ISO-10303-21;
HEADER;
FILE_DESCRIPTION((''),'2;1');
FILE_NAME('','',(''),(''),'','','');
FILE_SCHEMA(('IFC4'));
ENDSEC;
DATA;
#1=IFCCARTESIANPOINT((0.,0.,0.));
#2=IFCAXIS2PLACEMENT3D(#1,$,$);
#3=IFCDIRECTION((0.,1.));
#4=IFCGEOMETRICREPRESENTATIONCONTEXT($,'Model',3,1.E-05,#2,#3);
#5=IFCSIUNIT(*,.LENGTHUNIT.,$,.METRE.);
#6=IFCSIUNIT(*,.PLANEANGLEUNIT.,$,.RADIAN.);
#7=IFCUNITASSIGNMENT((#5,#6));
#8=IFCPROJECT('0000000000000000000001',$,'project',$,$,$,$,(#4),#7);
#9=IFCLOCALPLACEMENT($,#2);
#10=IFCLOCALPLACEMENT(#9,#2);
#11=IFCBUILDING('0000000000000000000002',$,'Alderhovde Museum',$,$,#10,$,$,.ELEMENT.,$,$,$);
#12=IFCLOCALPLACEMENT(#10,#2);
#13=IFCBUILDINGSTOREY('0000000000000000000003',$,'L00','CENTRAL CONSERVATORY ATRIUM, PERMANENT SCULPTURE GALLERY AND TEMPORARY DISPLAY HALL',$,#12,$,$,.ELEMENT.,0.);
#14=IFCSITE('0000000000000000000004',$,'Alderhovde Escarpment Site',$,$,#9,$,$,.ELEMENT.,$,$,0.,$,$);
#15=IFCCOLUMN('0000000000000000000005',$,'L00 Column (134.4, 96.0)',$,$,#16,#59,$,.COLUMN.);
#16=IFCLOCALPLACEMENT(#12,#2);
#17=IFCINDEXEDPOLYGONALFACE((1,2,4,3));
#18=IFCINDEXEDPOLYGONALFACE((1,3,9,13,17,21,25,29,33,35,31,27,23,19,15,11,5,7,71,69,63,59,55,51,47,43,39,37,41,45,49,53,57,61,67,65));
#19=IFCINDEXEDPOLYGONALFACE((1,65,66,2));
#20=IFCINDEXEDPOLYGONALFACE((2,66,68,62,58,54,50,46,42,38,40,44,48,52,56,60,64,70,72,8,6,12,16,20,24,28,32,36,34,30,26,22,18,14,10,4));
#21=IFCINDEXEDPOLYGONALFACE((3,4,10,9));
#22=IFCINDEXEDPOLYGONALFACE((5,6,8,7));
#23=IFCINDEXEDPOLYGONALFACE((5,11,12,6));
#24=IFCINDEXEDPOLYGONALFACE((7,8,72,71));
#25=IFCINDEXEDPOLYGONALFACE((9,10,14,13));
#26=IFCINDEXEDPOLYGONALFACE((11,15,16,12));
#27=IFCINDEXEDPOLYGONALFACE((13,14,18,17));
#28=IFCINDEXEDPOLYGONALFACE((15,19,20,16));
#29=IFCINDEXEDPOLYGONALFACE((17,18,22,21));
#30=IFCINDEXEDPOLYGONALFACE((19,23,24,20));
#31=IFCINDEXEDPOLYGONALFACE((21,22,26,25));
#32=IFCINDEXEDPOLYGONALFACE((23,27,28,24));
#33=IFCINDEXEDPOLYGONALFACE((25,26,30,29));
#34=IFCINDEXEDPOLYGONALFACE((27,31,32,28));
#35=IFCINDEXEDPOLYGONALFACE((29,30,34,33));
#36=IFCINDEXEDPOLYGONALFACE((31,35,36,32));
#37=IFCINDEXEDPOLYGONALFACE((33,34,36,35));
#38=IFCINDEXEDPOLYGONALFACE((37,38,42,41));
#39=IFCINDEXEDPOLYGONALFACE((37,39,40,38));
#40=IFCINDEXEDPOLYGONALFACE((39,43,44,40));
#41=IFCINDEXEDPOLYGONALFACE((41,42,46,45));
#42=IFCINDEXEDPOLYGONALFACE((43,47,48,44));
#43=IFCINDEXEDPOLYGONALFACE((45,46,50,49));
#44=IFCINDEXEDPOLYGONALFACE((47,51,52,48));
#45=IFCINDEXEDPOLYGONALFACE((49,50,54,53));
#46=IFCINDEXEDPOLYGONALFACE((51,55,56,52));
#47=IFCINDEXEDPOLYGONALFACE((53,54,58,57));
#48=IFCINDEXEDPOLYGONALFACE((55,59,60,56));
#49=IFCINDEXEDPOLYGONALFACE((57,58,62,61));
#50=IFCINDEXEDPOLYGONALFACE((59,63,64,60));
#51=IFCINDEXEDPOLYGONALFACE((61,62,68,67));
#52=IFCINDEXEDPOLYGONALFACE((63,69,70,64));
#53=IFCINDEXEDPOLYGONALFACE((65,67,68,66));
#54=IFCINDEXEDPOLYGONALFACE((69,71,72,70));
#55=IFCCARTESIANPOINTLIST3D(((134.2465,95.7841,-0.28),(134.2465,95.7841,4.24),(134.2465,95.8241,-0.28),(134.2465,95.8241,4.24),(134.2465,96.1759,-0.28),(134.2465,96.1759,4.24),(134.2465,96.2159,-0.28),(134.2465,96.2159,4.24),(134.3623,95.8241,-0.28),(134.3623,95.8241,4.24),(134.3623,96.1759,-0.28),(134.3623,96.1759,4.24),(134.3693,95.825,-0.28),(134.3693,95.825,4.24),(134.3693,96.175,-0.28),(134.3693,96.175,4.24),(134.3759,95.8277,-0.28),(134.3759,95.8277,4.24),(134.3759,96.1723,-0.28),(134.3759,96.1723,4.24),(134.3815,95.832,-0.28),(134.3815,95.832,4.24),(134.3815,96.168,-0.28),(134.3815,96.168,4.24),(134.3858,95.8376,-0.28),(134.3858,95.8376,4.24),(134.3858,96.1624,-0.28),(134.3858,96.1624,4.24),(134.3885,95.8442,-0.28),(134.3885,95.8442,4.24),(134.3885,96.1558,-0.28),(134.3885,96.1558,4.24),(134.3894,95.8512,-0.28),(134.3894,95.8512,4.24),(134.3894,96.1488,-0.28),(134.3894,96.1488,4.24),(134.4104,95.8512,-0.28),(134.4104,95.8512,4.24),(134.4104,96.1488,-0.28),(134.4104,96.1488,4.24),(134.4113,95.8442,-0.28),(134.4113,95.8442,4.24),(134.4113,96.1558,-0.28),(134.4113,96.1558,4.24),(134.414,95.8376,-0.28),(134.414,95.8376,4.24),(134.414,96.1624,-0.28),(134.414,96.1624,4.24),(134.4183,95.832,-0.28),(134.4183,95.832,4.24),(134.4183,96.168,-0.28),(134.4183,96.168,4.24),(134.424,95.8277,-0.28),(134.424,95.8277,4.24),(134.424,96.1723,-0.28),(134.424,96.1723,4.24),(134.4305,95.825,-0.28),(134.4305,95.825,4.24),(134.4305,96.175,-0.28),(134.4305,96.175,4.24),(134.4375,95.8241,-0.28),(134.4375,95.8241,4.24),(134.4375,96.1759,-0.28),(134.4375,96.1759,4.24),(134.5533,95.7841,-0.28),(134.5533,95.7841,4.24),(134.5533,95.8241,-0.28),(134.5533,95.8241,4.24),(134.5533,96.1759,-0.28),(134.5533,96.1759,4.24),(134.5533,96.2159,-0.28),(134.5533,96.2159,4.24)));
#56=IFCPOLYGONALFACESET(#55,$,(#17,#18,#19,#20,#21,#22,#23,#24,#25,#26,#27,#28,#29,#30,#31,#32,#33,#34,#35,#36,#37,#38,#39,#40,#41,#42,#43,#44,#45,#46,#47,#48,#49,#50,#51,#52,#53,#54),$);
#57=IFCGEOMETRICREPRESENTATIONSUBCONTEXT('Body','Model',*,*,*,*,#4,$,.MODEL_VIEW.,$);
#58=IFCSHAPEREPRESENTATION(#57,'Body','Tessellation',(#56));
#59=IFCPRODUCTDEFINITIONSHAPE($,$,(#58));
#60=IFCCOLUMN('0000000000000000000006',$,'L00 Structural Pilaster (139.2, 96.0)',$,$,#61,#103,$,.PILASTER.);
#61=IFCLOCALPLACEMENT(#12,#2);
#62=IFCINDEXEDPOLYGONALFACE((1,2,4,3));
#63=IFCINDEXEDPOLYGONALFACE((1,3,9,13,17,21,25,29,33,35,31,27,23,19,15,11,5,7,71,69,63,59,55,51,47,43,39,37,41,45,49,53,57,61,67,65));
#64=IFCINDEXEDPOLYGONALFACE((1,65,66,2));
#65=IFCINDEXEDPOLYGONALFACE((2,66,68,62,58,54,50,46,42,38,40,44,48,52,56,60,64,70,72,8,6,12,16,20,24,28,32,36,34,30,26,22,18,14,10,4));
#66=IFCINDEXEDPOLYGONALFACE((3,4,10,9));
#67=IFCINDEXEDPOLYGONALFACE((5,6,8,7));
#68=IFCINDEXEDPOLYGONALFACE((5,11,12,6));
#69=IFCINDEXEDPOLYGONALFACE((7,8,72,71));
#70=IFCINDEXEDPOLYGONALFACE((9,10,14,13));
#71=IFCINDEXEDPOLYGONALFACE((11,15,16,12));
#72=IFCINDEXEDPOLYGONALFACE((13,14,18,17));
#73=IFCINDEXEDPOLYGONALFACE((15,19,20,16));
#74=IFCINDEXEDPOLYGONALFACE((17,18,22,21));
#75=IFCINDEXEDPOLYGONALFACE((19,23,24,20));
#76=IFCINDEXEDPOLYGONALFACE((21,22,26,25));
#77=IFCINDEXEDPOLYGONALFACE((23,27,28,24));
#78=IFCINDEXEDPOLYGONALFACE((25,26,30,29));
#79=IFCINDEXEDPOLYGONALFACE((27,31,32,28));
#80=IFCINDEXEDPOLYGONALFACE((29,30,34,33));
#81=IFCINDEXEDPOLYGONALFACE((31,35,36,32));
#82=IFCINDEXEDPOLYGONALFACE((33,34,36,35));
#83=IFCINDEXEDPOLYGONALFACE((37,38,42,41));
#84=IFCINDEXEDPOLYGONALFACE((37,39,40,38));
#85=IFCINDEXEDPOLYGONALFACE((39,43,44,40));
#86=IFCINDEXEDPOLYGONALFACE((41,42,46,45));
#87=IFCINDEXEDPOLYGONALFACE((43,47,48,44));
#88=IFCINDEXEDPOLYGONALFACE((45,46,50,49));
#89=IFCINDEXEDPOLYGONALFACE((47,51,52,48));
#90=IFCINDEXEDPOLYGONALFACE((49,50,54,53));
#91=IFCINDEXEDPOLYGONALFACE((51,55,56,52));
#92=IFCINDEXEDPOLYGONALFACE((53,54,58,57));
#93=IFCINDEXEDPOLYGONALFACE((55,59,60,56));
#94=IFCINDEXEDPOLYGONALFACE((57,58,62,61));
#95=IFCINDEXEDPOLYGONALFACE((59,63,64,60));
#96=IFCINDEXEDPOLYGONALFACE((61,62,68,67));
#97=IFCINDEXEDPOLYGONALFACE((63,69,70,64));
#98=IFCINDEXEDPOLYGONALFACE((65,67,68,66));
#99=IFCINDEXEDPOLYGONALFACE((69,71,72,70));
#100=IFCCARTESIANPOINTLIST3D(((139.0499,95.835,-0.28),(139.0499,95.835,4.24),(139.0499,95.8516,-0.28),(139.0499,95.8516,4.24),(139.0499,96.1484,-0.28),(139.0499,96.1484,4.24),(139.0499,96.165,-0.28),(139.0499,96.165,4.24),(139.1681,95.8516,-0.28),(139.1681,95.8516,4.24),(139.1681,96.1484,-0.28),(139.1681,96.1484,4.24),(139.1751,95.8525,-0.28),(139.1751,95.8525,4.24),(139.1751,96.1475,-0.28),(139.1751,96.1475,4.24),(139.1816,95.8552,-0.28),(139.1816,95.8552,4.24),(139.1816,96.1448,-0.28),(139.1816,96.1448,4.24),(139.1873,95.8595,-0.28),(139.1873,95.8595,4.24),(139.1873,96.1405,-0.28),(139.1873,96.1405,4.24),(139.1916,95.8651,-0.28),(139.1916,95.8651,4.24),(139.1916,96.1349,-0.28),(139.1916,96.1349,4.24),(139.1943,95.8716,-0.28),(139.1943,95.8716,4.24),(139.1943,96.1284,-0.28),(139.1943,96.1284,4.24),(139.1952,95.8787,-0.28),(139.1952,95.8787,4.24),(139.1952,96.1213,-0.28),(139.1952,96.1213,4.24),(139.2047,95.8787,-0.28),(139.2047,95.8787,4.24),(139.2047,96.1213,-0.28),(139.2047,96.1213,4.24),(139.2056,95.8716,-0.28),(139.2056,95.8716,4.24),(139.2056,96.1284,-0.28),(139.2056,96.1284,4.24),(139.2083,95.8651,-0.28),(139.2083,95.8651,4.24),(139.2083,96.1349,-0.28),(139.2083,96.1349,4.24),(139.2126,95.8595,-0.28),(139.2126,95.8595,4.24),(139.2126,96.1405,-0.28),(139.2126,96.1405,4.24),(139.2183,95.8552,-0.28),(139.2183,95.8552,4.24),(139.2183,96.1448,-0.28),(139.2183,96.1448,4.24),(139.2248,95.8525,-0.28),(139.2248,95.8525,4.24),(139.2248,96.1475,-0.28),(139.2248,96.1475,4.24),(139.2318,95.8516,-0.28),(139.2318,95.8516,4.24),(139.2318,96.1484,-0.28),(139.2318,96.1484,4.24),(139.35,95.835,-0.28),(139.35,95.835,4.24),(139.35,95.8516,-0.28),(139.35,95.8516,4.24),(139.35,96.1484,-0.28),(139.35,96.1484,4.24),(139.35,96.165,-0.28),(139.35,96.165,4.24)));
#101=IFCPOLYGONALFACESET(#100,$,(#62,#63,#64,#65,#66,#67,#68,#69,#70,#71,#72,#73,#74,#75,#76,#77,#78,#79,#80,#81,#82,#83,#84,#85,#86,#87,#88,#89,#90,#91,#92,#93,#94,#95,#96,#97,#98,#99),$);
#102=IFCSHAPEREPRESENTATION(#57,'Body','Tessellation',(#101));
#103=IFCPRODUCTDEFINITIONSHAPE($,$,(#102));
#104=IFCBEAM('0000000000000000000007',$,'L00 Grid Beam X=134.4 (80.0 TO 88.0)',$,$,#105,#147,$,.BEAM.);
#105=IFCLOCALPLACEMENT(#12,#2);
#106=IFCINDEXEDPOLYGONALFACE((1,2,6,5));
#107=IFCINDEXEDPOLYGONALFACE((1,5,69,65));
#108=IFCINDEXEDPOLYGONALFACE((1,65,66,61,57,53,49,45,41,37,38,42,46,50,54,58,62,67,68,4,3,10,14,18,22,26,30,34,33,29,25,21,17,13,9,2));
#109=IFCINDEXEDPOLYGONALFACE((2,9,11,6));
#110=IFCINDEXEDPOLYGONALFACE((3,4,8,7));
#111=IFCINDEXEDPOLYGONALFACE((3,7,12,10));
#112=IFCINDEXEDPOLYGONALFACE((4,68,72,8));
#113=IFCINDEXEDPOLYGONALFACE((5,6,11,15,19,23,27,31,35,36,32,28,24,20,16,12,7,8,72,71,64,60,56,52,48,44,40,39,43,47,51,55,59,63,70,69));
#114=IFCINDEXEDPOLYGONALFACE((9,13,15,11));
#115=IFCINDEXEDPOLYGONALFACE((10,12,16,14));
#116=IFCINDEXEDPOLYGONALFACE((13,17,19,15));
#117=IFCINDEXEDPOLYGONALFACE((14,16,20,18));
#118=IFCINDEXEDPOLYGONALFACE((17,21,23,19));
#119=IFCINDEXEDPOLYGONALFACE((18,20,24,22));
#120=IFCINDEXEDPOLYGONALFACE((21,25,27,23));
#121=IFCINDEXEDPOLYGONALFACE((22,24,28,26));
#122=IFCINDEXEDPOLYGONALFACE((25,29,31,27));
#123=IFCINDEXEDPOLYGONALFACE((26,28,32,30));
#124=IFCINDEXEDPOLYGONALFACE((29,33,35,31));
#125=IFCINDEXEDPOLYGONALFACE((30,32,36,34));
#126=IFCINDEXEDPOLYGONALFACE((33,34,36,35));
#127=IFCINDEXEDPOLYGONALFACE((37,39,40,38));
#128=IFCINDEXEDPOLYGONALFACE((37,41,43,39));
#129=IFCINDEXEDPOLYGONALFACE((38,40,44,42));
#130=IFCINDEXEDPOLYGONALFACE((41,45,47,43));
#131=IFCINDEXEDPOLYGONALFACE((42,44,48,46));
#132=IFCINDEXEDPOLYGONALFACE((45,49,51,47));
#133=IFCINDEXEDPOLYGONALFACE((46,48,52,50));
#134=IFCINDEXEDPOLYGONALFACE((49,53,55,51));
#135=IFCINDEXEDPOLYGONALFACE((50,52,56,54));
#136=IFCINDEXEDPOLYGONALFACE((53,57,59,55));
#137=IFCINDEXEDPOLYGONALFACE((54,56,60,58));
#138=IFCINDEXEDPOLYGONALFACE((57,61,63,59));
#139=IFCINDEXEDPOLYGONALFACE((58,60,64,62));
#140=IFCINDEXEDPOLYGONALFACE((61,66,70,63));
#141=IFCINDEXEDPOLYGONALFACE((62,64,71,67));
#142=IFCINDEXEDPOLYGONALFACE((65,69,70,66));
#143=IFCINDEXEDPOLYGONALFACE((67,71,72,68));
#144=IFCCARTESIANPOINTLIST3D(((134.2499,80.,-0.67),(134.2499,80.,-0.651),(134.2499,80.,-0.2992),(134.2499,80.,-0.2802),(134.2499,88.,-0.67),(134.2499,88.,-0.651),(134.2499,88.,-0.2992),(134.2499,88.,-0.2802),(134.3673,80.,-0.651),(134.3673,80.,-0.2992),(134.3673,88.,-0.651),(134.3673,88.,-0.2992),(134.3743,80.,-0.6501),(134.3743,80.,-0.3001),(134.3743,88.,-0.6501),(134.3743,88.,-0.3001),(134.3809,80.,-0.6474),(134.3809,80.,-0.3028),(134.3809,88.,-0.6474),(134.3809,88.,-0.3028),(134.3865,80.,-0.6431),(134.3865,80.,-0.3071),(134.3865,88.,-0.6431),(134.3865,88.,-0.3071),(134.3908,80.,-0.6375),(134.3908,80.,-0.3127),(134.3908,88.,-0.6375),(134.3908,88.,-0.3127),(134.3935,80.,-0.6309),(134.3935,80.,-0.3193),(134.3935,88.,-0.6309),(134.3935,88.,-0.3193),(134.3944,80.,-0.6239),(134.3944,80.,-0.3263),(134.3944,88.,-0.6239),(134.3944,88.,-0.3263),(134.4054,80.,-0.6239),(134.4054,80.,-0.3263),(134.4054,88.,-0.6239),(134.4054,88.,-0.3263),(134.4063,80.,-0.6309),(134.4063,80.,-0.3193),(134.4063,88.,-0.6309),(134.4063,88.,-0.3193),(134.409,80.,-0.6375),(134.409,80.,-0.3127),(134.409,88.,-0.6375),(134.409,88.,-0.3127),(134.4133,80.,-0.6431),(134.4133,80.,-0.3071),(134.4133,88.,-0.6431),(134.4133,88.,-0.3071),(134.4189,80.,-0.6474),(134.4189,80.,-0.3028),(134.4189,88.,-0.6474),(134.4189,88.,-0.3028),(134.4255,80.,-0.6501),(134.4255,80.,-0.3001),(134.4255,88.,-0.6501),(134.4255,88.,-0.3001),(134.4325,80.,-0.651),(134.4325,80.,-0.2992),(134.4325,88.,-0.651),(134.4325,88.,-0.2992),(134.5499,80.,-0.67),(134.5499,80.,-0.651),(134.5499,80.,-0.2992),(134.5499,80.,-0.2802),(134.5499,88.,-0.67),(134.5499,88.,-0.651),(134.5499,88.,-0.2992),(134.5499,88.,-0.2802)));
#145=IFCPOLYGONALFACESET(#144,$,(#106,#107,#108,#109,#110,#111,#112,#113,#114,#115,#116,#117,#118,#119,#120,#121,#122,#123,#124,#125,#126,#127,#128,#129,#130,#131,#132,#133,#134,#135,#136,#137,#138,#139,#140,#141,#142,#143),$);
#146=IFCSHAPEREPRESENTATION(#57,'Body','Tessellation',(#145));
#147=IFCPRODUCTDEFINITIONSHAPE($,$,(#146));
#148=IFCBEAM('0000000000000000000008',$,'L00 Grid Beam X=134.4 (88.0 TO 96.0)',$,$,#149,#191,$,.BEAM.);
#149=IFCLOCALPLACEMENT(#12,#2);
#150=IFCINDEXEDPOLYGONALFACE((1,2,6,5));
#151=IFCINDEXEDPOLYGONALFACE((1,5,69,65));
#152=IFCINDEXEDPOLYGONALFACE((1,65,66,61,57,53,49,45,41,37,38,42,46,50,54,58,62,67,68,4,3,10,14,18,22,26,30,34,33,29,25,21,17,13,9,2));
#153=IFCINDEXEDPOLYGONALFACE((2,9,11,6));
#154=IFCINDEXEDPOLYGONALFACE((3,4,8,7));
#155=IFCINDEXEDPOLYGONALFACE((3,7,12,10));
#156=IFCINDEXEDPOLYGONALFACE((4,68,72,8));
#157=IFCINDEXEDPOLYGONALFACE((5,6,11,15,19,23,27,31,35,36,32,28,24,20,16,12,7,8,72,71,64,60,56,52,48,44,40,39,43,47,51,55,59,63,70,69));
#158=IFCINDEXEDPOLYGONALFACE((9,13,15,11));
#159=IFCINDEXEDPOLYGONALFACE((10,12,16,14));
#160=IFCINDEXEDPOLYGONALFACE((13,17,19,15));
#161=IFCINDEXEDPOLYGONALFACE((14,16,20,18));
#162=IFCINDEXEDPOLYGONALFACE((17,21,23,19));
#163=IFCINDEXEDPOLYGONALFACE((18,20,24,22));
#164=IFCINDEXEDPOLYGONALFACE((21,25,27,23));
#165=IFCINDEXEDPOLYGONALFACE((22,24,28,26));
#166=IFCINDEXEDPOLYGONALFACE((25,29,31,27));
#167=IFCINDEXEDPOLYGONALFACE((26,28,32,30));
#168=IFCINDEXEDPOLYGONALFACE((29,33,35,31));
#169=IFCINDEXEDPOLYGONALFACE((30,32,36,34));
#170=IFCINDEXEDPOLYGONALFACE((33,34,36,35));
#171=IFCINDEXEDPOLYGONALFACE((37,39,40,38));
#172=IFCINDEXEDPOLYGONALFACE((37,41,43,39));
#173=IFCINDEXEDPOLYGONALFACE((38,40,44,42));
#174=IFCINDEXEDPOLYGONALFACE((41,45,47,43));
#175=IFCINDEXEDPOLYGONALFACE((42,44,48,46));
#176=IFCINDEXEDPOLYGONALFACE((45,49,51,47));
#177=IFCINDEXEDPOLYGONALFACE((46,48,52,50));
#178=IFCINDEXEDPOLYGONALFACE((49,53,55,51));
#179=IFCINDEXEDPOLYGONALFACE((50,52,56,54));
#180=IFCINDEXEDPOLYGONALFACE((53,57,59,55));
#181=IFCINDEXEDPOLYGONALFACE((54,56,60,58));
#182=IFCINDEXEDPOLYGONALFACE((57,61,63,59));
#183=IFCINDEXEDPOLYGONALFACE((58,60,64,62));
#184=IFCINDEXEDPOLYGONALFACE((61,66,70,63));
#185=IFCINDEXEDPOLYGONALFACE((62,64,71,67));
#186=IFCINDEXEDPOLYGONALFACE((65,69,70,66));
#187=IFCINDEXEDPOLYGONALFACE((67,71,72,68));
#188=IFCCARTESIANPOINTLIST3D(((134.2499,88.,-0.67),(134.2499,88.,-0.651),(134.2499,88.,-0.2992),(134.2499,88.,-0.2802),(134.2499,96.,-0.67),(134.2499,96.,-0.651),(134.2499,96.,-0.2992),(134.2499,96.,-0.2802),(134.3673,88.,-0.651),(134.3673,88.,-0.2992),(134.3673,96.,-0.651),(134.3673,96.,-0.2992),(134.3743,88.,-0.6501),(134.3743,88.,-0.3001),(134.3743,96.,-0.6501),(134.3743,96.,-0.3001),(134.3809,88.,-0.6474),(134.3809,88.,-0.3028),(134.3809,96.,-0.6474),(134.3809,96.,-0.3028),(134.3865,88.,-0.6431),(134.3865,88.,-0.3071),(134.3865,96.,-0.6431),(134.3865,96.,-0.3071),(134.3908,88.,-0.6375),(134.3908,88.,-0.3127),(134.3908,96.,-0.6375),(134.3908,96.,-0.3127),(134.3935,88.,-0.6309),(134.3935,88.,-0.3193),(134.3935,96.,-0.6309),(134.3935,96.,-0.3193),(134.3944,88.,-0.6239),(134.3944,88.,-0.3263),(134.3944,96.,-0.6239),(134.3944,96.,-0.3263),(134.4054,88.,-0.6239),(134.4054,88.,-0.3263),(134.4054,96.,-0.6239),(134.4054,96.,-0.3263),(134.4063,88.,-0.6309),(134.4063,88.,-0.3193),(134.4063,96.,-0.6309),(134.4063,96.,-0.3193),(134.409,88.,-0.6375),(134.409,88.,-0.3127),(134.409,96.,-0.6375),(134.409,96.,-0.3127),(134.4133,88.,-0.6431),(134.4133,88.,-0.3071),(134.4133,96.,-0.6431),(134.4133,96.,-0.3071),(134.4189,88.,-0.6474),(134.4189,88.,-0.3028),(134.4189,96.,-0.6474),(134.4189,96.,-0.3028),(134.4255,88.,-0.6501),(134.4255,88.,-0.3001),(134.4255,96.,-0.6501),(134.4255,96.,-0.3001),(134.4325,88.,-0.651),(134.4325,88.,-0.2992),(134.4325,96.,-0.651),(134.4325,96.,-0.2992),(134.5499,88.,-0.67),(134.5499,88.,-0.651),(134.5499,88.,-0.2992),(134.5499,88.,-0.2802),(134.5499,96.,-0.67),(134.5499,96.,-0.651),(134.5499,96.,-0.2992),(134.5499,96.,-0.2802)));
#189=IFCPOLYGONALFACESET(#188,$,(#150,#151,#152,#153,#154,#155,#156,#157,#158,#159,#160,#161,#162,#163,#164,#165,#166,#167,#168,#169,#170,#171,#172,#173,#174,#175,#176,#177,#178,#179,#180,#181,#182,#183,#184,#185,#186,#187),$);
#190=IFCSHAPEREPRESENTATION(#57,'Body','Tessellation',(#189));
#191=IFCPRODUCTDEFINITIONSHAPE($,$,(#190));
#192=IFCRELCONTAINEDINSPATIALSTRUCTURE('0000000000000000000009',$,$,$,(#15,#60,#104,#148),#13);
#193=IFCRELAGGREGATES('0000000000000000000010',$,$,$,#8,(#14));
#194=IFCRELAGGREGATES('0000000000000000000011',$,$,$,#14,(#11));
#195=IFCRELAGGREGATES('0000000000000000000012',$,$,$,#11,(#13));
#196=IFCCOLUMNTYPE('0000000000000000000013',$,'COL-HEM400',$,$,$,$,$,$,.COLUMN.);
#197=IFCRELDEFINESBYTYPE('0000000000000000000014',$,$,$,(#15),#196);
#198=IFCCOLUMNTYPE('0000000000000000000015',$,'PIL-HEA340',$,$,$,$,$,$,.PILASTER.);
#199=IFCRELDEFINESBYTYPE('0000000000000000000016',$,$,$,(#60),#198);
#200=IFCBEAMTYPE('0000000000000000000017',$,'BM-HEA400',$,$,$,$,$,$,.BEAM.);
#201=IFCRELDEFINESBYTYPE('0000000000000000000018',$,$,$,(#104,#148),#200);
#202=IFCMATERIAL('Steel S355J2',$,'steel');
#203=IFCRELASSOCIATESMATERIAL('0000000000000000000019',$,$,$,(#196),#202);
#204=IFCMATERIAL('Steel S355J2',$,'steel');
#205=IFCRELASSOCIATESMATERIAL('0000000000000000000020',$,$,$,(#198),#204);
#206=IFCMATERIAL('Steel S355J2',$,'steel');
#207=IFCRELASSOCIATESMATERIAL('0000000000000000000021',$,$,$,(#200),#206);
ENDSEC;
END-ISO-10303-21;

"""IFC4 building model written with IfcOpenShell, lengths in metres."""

from ifc_helpers import new_model, si_unit, direction, frame, origin, origin_2d, place, context, subcontext, project, spatial, i_section, extrude, material, material_profile, profile_set, type_object, element, save


model = new_model("IFC4")

# Units and contexts
model_context = context("Model", 3, precision=1e-05, world=origin(), true_north=direction((0.0, 1.0)))
body_context = subcontext(model_context, "Body", "Model", "MODEL_VIEW")
ifc_project = project(units=[si_unit("LENGTHUNIT", "METRE"), si_unit("PLANEANGLEUNIT", "RADIAN")], contexts=[model_context])

# Site, building, storey
site_placement = place(None, origin())
site = spatial("IfcSite", under=ifc_project, at=site_placement, Name="Alderhovde Escarpment Site", CompositionType="ELEMENT", RefElevation=0.0)
building_placement = place(site_placement, origin())
building = spatial("IfcBuilding", under=site, at=building_placement, Name="Alderhovde Museum", CompositionType="ELEMENT")
storey_placement = place(building_placement, origin())
storey = spatial("IfcBuildingStorey", under=building, at=storey_placement, Name="L00", Description="CENTRAL CONSERVATORY ATRIUM, PERMANENT SCULPTURE GALLERY AND TEMPORARY DISPLAY HALL", CompositionType="ELEMENT", Elevation=0.0)

# Columns
ifc_material_1 = material(Name="Steel S355J2", Category="steel")
ifc_material_profile_1 = material_profile(ifc_material_1, i_section(OverallWidth=0.3069, OverallDepth=0.4319, WebThickness=0.021, FlangeThickness=0.04, FilletRadius=0.0271, at=origin_2d()), Name="HEM 400")
ifc_profile_set_1 = profile_set([ifc_material_profile_1], Name="Steel S355J2")
column_type_1 = type_object("IfcColumnType", Name="COL-HEM400", PredefinedType="COLUMN", material=ifc_profile_set_1)
column_1_placement = place(storey_placement, frame((134.3999, 96.0, -0.28), z_axis=(0.0, 0.0, 1.0), x_axis=(1.0, 0.0, 0.0)))
element("IfcColumn", 1, at=column_1_placement, inside=storey, type_object=column_type_1, Name="L00 Column (134.4, 96.0)", PredefinedType="COLUMN", context=body_context, shape_type="SweptSolid", body=[
    extrude(i_section(OverallWidth=0.3069, OverallDepth=0.4319, WebThickness=0.021, FlangeThickness=0.04, FilletRadius=0.0271, at=origin_2d()), origin(), (0.0, 0.0, 1.0), 4.52),
])
ifc_material_2 = material(Name="Steel S355J2", Category="steel")
ifc_material_profile_2 = material_profile(ifc_material_2, i_section(OverallWidth=0.3, OverallDepth=0.3301, WebThickness=0.0095, FlangeThickness=0.0166, FilletRadius=0.0271, at=origin_2d()), Name="HEA 340")
ifc_profile_set_2 = profile_set([ifc_material_profile_2], Name="Steel S355J2")
column_type_2 = type_object("IfcColumnType", Name="PIL-HEA340", PredefinedType="PILASTER", material=ifc_profile_set_2)
column_2_placement = place(storey_placement, frame((139.2, 96.0, -0.28), z_axis=(0.0, 0.0, 1.0), x_axis=(1.0, 0.0, 0.0)))
element("IfcColumn", 2, at=column_2_placement, inside=storey, type_object=column_type_2, Name="L00 Structural Pilaster (139.2, 96.0)", PredefinedType="PILASTER", context=body_context, shape_type="SweptSolid", body=[
    extrude(i_section(OverallWidth=0.3, OverallDepth=0.3301, WebThickness=0.0095, FlangeThickness=0.0166, FilletRadius=0.0271, at=origin_2d()), origin(), (0.0, 0.0, 1.0), 4.52),
])

# Beams
ifc_material_3 = material(Name="Steel S355J2", Category="steel")
ifc_material_profile_3 = material_profile(ifc_material_3, i_section(OverallWidth=0.3, OverallDepth=0.3899, WebThickness=0.011, FlangeThickness=0.019, FilletRadius=0.0271, at=origin_2d()), Name="HEA 400")
ifc_profile_set_3 = profile_set([ifc_material_profile_3], Name="Steel S355J2")
beam_type_1 = type_object("IfcBeamType", Name="BM-HEA400", PredefinedType="BEAM", material=ifc_profile_set_3)
for number, where, z_axis, x_axis, name in (
    (3, (134.3999, 80.0, -0.4751), (0.0, 1.0, 0.0), (-1.0, 0.0, 0.0), "L00 Grid Beam X=134.4 (80.0 TO 88.0)"),
    (4, (134.3999, 88.0, -0.4751), (0.0, 1.0, 0.0), (-1.0, 0.0, 0.0), "L00 Grid Beam X=134.4 (88.0 TO 96.0)"),
):
    element("IfcBeam", number, at=place(storey_placement, frame(where, z_axis=z_axis, x_axis=x_axis)), inside=storey, type_object=beam_type_1, Name=name, PredefinedType="BEAM", context=body_context, shape_type="SweptSolid", body=[
        extrude(i_section(OverallWidth=0.3, OverallDepth=0.3899, WebThickness=0.011, FlangeThickness=0.019, FilletRadius=0.0271, at=origin_2d()), origin(), (0.0, 0.0, 1.0), 8.0),
    ])

save(model, "model.ifc")
